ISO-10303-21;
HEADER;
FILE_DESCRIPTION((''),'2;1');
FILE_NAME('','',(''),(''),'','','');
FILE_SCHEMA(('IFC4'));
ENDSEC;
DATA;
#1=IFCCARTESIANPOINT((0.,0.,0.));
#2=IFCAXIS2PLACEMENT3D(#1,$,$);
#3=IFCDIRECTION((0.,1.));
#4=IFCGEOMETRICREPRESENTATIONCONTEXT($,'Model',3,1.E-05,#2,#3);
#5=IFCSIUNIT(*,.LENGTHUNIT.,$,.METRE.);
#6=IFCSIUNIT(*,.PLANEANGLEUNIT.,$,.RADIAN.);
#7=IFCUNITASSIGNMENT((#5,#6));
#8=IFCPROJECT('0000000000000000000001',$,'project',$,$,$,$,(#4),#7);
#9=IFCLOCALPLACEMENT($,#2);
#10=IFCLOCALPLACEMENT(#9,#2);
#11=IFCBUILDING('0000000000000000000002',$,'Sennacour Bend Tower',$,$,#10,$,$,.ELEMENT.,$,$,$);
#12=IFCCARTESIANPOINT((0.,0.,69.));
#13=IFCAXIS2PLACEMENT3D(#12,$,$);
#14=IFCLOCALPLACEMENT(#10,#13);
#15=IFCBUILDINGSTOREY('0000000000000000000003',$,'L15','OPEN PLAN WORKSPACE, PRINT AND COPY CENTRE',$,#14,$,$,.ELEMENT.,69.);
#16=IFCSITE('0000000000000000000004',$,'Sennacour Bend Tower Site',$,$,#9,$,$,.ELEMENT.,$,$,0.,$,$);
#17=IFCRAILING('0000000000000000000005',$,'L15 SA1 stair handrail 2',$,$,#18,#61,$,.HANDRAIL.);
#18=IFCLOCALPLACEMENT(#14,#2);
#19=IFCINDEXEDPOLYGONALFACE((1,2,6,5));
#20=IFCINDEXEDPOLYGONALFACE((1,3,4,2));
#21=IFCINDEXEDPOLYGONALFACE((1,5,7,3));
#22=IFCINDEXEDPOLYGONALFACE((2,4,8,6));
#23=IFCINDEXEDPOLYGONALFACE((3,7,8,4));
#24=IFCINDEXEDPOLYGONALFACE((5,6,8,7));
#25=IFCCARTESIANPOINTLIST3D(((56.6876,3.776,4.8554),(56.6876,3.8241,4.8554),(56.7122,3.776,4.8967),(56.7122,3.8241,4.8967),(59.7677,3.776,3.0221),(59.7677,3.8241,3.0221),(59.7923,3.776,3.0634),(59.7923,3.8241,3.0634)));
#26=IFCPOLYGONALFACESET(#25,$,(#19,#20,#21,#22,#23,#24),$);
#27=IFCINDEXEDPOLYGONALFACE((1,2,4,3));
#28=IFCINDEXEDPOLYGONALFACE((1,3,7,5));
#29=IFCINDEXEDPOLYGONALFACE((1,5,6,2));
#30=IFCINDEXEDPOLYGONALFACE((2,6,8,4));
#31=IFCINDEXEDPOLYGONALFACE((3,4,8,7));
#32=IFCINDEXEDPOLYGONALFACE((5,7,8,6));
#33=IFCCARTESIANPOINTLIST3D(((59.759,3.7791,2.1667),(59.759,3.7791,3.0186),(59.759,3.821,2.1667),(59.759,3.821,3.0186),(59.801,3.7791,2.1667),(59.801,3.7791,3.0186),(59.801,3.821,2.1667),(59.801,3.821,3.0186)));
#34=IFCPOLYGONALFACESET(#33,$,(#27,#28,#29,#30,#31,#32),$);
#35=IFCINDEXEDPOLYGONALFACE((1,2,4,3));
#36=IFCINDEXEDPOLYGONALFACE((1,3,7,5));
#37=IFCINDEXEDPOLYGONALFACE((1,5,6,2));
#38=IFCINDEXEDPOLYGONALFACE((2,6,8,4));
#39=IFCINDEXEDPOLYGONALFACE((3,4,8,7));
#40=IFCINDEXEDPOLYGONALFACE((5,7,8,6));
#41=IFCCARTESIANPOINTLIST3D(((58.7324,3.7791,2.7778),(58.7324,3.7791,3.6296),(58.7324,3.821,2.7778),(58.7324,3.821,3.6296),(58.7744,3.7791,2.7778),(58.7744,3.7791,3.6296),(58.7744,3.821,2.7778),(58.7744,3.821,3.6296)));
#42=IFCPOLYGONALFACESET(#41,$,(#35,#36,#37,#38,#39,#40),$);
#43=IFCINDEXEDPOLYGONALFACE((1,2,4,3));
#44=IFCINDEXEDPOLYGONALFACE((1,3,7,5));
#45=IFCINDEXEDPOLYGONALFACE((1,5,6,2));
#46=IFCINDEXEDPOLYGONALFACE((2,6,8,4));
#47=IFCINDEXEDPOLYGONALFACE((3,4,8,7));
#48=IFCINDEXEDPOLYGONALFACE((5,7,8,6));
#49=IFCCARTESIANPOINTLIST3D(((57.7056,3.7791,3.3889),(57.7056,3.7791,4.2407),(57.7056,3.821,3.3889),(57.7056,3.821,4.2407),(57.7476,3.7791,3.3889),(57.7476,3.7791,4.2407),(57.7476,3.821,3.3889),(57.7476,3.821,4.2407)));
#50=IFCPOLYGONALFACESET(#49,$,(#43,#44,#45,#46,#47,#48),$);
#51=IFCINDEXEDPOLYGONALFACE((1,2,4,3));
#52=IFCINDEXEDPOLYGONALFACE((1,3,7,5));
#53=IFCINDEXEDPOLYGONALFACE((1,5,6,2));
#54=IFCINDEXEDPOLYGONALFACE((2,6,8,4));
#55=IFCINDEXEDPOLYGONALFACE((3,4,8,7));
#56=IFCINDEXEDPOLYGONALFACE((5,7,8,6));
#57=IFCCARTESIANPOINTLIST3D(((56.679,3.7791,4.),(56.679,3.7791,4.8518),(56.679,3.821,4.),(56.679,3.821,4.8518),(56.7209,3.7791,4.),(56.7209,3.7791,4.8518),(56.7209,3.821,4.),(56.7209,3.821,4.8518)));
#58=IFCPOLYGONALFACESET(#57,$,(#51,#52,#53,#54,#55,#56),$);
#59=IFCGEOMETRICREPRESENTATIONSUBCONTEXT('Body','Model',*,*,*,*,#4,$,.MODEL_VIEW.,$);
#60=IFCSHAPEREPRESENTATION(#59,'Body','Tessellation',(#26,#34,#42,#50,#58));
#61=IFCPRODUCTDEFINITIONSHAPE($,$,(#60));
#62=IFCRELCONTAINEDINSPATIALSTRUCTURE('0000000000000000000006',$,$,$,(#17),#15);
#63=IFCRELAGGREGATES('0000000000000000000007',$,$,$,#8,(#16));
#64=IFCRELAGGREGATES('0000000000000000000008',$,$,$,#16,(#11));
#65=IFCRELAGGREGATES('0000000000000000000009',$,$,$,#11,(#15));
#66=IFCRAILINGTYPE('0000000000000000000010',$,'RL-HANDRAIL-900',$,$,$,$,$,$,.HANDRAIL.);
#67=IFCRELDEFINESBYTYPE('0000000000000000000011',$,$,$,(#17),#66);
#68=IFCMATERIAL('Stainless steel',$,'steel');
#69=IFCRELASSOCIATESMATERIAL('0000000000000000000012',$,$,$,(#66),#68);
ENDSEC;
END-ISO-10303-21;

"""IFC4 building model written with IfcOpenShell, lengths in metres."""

from ifc_helpers import new_model, si_unit, direction, frame, origin, origin_2d, place, context, subcontext, project, spatial, rectangle, extrude, material, type_object, element, save


model = new_model("IFC4")

# Units and contexts
model_context = context("Model", 3, precision=1e-05, world=origin(), true_north=direction((0.0, 1.0)))
body_context = subcontext(model_context, "Body", "Model", "MODEL_VIEW")
ifc_project = project(units=[si_unit("LENGTHUNIT", "METRE"), si_unit("PLANEANGLEUNIT", "RADIAN")], contexts=[model_context])

# Site, building, storey
site_placement = place(None, origin())
site = spatial("IfcSite", under=ifc_project, at=site_placement, Name="Sennacour Bend Tower Site", CompositionType="ELEMENT", RefElevation=0.0)
building_placement = place(site_placement, origin())
building = spatial("IfcBuilding", under=site, at=building_placement, Name="Sennacour Bend Tower", CompositionType="ELEMENT")
storey_placement = place(building_placement, frame((0.0, 0.0, 69.0)))
storey = spatial("IfcBuildingStorey", under=building, at=storey_placement, Name="L15", Description="OPEN PLAN WORKSPACE, PRINT AND COPY CENTRE", CompositionType="ELEMENT", Elevation=69.0)

# Shared definitions
ifc_material_1 = material(Name="Stainless steel", Category="steel")

# Railing
railing_type_1 = type_object("IfcRailingType", Name="RL-HANDRAIL-900", PredefinedType="HANDRAIL", material=ifc_material_1)
railing_1_placement = place(storey_placement, frame((59.78, 3.8, 2.1667)))
element("IfcRailing", 1, at=railing_1_placement, inside=storey, type_object=railing_type_1, Name="L15 SA1 stair handrail 2", PredefinedType="HANDRAIL", context=body_context, shape_type="SweptSolid", body=[
    extrude(rectangle(XDim=0.0481, YDim=0.0481, at=origin_2d()), frame((0.0, 0.0, 0.876), z_axis=(-0.859309, 0.0, 0.511458), x_axis=(0.0, -1.0, 0.0)), (0.0, 0.0, 1.0), 3.5845),
    extrude(rectangle(XDim=0.042, YDim=0.042, at=origin_2d()), origin(), (0.0, 0.0, 1.0), 0.8518),
    extrude(rectangle(XDim=0.042, YDim=0.042, at=origin_2d()), frame((-1.0266, 0.0, 0.6111)), (0.0, 0.0, 1.0), 0.8518),
    extrude(rectangle(XDim=0.042, YDim=0.042, at=origin_2d()), frame((-2.0535, 0.0, 1.2222)), (0.0, 0.0, 1.0), 0.8518),
    extrude(rectangle(XDim=0.042, YDim=0.042, at=origin_2d()), frame((-3.0801, 0.0, 1.8333)), (0.0, 0.0, 1.0), 0.8518),
])

save(model, "model.ifc")
